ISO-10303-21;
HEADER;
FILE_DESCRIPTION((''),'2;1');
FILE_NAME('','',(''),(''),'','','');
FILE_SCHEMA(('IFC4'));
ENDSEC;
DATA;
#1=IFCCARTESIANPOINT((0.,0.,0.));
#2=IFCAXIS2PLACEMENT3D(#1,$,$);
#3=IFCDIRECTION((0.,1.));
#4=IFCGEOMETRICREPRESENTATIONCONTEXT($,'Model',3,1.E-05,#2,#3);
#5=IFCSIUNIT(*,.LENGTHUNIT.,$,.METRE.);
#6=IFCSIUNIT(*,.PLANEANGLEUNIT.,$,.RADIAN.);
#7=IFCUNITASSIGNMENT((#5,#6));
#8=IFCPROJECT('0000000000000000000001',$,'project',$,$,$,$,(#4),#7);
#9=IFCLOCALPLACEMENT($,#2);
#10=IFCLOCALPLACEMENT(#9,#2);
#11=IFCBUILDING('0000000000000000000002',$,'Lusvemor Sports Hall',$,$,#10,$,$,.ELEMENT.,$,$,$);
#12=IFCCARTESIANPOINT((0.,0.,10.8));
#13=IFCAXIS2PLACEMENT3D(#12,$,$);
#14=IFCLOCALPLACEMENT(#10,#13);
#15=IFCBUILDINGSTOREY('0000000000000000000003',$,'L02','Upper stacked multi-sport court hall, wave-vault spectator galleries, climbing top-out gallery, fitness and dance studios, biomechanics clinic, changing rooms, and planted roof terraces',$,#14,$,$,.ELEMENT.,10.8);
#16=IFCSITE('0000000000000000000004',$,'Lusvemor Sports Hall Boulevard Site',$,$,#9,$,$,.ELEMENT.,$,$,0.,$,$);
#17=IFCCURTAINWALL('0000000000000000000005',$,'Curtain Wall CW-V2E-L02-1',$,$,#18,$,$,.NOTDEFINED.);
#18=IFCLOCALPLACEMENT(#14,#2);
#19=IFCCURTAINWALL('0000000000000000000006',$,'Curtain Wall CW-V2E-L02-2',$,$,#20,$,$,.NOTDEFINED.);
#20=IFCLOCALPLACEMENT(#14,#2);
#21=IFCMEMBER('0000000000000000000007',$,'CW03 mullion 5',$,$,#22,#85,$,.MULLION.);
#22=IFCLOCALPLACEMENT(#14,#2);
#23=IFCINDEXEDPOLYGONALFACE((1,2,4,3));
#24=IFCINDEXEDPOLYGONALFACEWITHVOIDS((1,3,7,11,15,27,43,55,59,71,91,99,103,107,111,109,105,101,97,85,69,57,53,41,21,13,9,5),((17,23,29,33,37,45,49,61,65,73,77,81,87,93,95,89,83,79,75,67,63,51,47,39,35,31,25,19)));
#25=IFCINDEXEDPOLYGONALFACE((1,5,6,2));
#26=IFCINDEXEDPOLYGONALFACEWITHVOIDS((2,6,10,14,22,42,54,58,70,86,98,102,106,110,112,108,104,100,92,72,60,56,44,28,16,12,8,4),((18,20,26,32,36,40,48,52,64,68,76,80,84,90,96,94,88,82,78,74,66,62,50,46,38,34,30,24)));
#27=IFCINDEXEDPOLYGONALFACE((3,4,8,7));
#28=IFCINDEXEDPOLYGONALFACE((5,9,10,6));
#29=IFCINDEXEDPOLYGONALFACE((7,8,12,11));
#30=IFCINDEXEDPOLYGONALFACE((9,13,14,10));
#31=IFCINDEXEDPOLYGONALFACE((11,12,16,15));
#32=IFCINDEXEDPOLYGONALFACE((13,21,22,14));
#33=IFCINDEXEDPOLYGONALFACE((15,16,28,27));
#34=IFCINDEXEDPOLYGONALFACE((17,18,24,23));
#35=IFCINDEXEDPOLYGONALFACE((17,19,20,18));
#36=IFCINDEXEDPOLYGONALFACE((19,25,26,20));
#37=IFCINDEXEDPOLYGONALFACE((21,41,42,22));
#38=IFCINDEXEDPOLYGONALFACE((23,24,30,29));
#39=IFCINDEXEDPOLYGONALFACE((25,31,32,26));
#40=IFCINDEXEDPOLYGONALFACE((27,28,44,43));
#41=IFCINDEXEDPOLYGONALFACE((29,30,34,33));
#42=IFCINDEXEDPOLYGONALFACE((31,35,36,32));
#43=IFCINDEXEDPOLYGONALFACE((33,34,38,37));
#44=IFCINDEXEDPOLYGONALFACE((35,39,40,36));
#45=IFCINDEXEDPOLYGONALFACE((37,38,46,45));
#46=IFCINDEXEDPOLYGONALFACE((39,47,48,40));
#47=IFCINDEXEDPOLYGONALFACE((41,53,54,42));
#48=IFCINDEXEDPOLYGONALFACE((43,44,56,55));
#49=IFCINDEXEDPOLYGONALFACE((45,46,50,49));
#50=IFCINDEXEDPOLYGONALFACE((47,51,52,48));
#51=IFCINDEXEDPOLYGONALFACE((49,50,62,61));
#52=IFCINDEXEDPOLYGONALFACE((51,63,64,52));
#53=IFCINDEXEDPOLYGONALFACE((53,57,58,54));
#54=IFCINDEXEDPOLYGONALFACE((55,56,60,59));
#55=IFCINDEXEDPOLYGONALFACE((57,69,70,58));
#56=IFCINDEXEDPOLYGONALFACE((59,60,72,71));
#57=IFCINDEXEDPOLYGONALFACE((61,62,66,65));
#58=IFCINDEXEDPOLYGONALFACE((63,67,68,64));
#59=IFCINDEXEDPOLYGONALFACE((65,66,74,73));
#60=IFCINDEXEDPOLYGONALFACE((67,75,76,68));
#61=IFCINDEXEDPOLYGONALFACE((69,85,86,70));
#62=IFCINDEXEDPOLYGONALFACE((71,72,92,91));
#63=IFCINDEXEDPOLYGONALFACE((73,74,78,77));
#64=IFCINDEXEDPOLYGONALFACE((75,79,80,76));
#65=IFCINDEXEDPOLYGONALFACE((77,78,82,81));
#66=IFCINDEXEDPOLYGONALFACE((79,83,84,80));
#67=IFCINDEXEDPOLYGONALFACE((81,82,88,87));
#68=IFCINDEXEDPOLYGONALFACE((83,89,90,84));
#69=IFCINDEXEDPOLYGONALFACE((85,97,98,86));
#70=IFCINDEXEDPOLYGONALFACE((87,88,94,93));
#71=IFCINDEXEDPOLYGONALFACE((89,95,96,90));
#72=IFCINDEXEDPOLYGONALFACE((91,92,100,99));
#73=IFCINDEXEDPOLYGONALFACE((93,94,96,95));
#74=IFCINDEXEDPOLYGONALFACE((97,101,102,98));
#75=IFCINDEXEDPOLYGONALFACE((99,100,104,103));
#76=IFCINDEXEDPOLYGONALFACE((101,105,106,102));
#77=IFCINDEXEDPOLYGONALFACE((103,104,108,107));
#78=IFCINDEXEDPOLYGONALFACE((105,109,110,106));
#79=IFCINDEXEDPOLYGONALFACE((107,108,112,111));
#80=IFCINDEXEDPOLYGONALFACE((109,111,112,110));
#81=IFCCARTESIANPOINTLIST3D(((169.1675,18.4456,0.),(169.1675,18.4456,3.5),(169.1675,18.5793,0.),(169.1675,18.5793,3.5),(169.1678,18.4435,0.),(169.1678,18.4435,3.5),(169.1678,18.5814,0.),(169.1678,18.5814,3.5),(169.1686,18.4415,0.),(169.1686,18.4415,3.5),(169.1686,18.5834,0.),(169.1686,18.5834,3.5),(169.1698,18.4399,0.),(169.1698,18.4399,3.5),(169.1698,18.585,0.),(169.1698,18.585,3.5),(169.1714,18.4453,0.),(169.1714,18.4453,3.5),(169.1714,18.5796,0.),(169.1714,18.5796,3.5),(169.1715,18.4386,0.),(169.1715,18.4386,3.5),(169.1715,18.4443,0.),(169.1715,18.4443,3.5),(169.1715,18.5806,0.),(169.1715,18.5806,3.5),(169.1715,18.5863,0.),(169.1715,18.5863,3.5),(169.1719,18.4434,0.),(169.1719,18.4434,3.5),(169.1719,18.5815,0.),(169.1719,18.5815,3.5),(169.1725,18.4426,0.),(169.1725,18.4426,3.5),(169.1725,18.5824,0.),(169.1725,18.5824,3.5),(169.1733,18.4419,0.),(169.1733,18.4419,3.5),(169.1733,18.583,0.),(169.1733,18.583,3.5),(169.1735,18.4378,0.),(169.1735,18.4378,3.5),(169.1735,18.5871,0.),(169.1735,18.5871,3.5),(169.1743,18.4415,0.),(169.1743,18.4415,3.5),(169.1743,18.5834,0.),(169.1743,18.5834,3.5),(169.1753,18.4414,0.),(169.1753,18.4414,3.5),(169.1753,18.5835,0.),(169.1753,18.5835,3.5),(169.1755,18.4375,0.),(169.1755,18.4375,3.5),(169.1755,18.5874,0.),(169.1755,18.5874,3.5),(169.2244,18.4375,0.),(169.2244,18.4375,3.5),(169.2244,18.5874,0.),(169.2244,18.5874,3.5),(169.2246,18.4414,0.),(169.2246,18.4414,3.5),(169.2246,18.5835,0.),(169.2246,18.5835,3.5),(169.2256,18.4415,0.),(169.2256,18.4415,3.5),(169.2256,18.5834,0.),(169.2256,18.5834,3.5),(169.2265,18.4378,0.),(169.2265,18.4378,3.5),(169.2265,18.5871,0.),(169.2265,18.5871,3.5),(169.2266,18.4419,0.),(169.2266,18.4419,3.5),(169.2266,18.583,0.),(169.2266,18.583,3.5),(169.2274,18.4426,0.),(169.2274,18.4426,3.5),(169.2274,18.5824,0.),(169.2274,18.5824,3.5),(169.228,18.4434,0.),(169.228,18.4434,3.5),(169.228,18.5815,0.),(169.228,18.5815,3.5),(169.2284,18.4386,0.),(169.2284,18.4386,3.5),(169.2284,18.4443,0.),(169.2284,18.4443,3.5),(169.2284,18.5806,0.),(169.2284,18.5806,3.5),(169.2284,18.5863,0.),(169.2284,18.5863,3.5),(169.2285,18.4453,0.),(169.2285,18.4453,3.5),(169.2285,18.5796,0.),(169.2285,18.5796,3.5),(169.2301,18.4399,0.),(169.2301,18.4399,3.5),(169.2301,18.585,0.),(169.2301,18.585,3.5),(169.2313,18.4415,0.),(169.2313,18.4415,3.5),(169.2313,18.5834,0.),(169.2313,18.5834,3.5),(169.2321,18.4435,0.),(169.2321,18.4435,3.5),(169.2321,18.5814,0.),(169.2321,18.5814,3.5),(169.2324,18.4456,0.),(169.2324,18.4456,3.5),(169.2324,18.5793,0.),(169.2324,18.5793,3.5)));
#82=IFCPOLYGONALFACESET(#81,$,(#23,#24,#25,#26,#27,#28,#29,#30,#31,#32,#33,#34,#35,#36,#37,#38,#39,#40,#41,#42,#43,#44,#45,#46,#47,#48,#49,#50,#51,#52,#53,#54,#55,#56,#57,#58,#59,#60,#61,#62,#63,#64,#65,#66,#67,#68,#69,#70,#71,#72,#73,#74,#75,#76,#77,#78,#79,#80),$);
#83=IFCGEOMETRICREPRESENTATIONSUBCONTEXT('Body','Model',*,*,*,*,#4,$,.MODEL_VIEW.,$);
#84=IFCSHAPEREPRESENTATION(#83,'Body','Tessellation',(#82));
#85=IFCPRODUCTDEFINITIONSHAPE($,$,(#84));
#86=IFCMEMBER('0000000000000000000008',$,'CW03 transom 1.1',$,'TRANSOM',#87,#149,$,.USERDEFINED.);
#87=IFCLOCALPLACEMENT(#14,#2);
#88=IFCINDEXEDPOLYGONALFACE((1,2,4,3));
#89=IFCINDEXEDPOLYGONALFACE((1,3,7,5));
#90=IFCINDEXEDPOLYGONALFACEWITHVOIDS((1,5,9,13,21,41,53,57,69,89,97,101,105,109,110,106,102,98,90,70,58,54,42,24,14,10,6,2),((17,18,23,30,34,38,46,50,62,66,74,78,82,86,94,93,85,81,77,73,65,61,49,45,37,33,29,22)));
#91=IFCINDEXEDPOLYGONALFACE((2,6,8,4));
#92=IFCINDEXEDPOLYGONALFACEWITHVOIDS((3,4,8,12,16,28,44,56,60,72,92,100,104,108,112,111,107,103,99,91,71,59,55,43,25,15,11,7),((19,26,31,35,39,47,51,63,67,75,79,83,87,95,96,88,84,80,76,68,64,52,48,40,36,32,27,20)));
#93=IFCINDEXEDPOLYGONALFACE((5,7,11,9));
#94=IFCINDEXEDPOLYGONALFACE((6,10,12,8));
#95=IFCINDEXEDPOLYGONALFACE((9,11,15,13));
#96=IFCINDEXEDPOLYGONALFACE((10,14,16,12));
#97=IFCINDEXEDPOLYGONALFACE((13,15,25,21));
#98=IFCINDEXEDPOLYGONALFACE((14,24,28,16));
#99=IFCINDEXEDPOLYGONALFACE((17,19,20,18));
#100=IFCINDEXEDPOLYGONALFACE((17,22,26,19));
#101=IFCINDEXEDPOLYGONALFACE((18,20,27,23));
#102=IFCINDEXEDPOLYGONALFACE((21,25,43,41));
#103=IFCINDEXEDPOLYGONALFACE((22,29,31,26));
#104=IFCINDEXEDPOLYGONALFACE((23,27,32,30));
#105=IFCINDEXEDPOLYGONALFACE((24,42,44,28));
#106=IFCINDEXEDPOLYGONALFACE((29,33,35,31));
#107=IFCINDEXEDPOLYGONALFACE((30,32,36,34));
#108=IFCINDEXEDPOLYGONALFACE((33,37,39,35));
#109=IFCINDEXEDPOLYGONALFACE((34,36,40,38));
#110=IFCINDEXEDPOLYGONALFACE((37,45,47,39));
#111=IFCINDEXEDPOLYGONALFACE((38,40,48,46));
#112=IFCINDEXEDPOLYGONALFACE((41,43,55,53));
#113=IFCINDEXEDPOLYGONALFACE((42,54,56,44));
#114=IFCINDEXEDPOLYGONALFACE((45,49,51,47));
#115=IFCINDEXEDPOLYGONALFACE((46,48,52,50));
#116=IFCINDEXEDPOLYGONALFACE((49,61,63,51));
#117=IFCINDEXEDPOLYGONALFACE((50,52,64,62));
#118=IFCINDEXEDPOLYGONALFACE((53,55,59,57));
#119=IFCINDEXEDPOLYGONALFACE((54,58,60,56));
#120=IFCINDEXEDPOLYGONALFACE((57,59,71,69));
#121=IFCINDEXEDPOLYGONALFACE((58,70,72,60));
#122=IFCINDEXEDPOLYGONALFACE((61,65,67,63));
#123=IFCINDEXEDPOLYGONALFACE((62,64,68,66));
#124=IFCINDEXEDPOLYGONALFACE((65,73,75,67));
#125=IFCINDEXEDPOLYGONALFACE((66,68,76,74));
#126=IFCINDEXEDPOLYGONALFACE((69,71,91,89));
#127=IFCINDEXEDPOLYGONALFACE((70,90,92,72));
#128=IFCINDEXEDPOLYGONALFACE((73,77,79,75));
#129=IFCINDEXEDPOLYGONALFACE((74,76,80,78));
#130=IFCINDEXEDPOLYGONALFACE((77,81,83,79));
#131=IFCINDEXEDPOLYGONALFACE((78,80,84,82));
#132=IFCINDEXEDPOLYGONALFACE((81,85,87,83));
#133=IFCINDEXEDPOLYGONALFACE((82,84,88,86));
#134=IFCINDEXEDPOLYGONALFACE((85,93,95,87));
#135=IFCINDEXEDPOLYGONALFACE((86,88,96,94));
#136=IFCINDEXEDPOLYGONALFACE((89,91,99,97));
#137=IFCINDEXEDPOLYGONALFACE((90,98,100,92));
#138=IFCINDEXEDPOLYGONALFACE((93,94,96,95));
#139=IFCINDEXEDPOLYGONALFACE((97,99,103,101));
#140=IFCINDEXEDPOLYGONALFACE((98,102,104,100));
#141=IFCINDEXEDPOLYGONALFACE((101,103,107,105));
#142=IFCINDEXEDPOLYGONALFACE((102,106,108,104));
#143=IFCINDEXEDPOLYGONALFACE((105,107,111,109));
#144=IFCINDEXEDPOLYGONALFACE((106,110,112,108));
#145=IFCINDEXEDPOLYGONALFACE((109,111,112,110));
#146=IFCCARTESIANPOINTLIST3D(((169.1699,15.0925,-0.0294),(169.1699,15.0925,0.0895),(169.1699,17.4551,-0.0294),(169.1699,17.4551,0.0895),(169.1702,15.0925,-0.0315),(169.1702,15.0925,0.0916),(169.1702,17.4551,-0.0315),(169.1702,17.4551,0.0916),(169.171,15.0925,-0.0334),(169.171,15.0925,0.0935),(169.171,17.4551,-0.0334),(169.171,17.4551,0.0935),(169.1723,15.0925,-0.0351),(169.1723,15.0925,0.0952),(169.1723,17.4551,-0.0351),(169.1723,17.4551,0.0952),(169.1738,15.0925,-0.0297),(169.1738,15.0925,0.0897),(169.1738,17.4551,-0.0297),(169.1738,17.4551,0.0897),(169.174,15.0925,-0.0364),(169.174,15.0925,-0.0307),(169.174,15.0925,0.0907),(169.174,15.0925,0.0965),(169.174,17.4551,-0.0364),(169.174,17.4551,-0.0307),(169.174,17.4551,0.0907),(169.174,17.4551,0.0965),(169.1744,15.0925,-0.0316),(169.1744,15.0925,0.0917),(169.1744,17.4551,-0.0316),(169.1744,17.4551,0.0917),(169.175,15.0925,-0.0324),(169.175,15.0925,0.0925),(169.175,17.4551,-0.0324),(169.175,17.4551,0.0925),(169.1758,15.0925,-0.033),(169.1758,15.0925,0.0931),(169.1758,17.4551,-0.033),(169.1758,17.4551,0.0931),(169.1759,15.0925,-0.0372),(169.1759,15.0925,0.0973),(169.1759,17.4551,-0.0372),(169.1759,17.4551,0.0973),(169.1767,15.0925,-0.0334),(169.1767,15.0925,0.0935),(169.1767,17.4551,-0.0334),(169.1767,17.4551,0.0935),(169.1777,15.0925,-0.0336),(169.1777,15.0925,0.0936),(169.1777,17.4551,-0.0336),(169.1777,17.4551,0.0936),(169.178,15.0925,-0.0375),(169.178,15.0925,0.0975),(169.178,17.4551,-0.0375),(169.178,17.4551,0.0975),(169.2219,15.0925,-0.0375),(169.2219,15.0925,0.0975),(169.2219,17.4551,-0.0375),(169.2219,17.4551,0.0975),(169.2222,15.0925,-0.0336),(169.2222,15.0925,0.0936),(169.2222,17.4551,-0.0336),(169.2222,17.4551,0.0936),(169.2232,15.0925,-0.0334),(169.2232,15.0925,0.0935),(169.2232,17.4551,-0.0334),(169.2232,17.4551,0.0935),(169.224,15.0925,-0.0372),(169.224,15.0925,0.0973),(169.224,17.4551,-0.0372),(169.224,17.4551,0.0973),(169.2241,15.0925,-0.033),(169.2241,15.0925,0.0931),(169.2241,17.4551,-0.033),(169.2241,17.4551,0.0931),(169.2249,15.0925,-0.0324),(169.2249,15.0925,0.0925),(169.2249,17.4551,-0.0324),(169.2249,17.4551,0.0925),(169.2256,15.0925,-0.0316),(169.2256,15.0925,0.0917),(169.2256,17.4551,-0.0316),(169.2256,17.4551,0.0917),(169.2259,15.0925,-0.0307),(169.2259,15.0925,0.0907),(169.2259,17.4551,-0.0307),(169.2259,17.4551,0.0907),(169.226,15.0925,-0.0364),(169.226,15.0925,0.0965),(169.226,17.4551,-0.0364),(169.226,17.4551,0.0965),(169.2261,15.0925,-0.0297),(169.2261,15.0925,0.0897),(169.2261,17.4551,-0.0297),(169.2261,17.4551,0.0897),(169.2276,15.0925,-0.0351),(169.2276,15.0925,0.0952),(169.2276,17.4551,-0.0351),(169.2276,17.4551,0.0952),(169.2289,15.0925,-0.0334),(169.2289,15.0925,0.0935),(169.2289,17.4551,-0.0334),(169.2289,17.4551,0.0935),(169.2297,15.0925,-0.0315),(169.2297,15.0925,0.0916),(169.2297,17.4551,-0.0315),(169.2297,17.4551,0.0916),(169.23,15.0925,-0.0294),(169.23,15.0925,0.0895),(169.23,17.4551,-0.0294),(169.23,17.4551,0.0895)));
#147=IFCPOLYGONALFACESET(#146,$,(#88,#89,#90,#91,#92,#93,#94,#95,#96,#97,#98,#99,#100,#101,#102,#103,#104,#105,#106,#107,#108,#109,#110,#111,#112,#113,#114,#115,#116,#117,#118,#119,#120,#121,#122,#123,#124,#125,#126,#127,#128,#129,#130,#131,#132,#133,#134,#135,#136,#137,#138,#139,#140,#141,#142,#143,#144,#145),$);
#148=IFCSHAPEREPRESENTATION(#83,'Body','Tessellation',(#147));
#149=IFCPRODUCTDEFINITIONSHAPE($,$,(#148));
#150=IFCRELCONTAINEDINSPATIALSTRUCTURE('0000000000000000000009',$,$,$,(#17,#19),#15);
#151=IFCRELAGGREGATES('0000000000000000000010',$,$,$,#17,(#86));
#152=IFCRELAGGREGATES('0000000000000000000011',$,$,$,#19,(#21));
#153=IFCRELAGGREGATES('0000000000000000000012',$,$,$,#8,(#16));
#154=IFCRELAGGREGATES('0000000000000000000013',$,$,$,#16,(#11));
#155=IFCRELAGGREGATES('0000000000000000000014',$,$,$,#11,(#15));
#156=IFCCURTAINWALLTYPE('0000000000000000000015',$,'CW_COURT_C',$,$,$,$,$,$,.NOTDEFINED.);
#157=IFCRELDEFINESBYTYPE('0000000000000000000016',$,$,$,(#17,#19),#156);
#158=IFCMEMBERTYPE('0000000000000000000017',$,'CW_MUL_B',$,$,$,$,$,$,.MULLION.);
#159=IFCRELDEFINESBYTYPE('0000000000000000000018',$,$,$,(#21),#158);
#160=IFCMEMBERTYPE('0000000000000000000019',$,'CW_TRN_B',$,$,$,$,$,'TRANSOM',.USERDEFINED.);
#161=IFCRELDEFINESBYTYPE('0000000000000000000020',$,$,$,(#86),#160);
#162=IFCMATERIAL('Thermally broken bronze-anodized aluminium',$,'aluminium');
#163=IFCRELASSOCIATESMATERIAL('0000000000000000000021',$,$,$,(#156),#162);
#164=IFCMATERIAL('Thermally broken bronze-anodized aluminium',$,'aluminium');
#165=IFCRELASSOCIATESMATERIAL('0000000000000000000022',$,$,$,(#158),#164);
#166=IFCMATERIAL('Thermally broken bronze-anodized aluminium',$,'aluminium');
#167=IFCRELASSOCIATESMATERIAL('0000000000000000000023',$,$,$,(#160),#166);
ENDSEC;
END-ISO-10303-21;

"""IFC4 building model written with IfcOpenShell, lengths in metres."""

from ifc_helpers import new_model, si_unit, direction, frame, origin, origin_2d, place, context, subcontext, project, spatial, hollow_rectangle, extrude, material, material_profile, profile_set, type_object, element, aggregate, save


model = new_model("IFC4")

# Units and contexts
model_context = context("Model", 3, precision=1e-05, world=origin(), true_north=direction((0.0, 1.0)))
body_context = subcontext(model_context, "Body", "Model", "MODEL_VIEW")
ifc_project = project(units=[si_unit("LENGTHUNIT", "METRE"), si_unit("PLANEANGLEUNIT", "RADIAN")], contexts=[model_context])

# Site, building, storey
site_placement = place(None, origin())
site = spatial("IfcSite", under=ifc_project, at=site_placement, Name="Lusvemor Sports Hall Boulevard Site", CompositionType="ELEMENT", RefElevation=0.0)
building_placement = place(site_placement, origin())
building = spatial("IfcBuilding", under=site, at=building_placement, Name="Lusvemor Sports Hall", CompositionType="ELEMENT")
storey_placement = place(building_placement, frame((0.0, 0.0, 10.8)))
storey = spatial("IfcBuildingStorey", under=building, at=storey_placement, Name="L02", Description="Upper stacked multi-sport court hall, wave-vault spectator galleries, climbing top-out gallery, fitness and dance studios, biomechanics clinic, changing rooms, and planted roof terraces", CompositionType="ELEMENT", Elevation=10.8)

# Curtain wall
ifc_material_1 = material(Name="Thermally broken bronze-anodized aluminium", Category="aluminium")
curtain_wall_type = type_object("IfcCurtainWallType", Name="CW_COURT_C", PredefinedType="NOTDEFINED", material=ifc_material_1)
curtain_wall_1_placement = place(storey_placement, origin())
curtain_wall_1 = element("IfcCurtainWall", 1, at=curtain_wall_1_placement, inside=storey, type_object=curtain_wall_type, Name="Curtain Wall CW-V2E-L02-1", PredefinedType="NOTDEFINED")
ifc_material_2 = material(Name="Thermally broken bronze-anodized aluminium", Category="aluminium")
ifc_material_profile_1 = material_profile(ifc_material_2, hollow_rectangle(XDim=0.0649, YDim=0.1499, WallThickness=0.0039, InnerFilletRadius=0.0039, OuterFilletRadius=0.0081, at=origin_2d()), Name="CWMUL150x65x4")
ifc_profile_set_1 = profile_set([ifc_material_profile_1], Name="Thermally broken bronze-anodized aluminium")
member_type_1 = type_object("IfcMemberType", Name="CW_MUL_B", PredefinedType="MULLION", material=ifc_profile_set_1)

# Curtain wall, member
curtain_wall_2_placement = place(storey_placement, origin())
curtain_wall_2 = element("IfcCurtainWall", 2, at=curtain_wall_2_placement, inside=storey, type_object=curtain_wall_type, Name="Curtain Wall CW-V2E-L02-2", PredefinedType="NOTDEFINED")
member_1_placement = place(storey_placement, frame((169.2, 18.5125, 0.0), z_axis=(0.0, 0.0, 1.0), x_axis=(1.0, 0.0, 0.0)))
member_1 = element("IfcMember", 3, at=member_1_placement, type_object=member_type_1, Name="CW03 mullion 5", PredefinedType="MULLION", context=body_context, shape_type="SweptSolid", body=[
    extrude(hollow_rectangle(XDim=0.0649, YDim=0.1499, WallThickness=0.0039, InnerFilletRadius=0.0039, OuterFilletRadius=0.0081, at=origin_2d()), origin(), (0.0, 0.0, 1.0), 3.5),
])

# Member
ifc_material_3 = material(Name="Thermally broken bronze-anodized aluminium", Category="aluminium")
ifc_material_profile_2 = material_profile(ifc_material_3, hollow_rectangle(XDim=0.0601, YDim=0.135, WallThickness=0.0039, InnerFilletRadius=0.0039, OuterFilletRadius=0.0081, at=origin_2d()), Name="CWTRN135x60x4")
ifc_profile_set_2 = profile_set([ifc_material_profile_2], Name="Thermally broken bronze-anodized aluminium")
member_type_2 = type_object("IfcMemberType", Name="CW_TRN_B", ElementType="TRANSOM", PredefinedType="USERDEFINED", material=ifc_profile_set_2)
member_2_placement = place(storey_placement, frame((169.2, 17.4551, 0.03), z_axis=(0.0, -1.0, 0.0), x_axis=(1.0, 0.0, 0.0)))
member_2 = element("IfcMember", 4, at=member_2_placement, type_object=member_type_2, Name="CW03 transom 1.1", ObjectType="TRANSOM", PredefinedType="USERDEFINED", context=body_context, shape_type="SweptSolid", body=[
    extrude(hollow_rectangle(XDim=0.0601, YDim=0.135, WallThickness=0.0039, InnerFilletRadius=0.0039, OuterFilletRadius=0.0081, at=origin_2d()), origin(), (0.0, 0.0, 1.0), 2.3625),
])
aggregate(curtain_wall_1, [member_2])

aggregate(curtain_wall_2, [member_1])

save(model, "model.ifc")
